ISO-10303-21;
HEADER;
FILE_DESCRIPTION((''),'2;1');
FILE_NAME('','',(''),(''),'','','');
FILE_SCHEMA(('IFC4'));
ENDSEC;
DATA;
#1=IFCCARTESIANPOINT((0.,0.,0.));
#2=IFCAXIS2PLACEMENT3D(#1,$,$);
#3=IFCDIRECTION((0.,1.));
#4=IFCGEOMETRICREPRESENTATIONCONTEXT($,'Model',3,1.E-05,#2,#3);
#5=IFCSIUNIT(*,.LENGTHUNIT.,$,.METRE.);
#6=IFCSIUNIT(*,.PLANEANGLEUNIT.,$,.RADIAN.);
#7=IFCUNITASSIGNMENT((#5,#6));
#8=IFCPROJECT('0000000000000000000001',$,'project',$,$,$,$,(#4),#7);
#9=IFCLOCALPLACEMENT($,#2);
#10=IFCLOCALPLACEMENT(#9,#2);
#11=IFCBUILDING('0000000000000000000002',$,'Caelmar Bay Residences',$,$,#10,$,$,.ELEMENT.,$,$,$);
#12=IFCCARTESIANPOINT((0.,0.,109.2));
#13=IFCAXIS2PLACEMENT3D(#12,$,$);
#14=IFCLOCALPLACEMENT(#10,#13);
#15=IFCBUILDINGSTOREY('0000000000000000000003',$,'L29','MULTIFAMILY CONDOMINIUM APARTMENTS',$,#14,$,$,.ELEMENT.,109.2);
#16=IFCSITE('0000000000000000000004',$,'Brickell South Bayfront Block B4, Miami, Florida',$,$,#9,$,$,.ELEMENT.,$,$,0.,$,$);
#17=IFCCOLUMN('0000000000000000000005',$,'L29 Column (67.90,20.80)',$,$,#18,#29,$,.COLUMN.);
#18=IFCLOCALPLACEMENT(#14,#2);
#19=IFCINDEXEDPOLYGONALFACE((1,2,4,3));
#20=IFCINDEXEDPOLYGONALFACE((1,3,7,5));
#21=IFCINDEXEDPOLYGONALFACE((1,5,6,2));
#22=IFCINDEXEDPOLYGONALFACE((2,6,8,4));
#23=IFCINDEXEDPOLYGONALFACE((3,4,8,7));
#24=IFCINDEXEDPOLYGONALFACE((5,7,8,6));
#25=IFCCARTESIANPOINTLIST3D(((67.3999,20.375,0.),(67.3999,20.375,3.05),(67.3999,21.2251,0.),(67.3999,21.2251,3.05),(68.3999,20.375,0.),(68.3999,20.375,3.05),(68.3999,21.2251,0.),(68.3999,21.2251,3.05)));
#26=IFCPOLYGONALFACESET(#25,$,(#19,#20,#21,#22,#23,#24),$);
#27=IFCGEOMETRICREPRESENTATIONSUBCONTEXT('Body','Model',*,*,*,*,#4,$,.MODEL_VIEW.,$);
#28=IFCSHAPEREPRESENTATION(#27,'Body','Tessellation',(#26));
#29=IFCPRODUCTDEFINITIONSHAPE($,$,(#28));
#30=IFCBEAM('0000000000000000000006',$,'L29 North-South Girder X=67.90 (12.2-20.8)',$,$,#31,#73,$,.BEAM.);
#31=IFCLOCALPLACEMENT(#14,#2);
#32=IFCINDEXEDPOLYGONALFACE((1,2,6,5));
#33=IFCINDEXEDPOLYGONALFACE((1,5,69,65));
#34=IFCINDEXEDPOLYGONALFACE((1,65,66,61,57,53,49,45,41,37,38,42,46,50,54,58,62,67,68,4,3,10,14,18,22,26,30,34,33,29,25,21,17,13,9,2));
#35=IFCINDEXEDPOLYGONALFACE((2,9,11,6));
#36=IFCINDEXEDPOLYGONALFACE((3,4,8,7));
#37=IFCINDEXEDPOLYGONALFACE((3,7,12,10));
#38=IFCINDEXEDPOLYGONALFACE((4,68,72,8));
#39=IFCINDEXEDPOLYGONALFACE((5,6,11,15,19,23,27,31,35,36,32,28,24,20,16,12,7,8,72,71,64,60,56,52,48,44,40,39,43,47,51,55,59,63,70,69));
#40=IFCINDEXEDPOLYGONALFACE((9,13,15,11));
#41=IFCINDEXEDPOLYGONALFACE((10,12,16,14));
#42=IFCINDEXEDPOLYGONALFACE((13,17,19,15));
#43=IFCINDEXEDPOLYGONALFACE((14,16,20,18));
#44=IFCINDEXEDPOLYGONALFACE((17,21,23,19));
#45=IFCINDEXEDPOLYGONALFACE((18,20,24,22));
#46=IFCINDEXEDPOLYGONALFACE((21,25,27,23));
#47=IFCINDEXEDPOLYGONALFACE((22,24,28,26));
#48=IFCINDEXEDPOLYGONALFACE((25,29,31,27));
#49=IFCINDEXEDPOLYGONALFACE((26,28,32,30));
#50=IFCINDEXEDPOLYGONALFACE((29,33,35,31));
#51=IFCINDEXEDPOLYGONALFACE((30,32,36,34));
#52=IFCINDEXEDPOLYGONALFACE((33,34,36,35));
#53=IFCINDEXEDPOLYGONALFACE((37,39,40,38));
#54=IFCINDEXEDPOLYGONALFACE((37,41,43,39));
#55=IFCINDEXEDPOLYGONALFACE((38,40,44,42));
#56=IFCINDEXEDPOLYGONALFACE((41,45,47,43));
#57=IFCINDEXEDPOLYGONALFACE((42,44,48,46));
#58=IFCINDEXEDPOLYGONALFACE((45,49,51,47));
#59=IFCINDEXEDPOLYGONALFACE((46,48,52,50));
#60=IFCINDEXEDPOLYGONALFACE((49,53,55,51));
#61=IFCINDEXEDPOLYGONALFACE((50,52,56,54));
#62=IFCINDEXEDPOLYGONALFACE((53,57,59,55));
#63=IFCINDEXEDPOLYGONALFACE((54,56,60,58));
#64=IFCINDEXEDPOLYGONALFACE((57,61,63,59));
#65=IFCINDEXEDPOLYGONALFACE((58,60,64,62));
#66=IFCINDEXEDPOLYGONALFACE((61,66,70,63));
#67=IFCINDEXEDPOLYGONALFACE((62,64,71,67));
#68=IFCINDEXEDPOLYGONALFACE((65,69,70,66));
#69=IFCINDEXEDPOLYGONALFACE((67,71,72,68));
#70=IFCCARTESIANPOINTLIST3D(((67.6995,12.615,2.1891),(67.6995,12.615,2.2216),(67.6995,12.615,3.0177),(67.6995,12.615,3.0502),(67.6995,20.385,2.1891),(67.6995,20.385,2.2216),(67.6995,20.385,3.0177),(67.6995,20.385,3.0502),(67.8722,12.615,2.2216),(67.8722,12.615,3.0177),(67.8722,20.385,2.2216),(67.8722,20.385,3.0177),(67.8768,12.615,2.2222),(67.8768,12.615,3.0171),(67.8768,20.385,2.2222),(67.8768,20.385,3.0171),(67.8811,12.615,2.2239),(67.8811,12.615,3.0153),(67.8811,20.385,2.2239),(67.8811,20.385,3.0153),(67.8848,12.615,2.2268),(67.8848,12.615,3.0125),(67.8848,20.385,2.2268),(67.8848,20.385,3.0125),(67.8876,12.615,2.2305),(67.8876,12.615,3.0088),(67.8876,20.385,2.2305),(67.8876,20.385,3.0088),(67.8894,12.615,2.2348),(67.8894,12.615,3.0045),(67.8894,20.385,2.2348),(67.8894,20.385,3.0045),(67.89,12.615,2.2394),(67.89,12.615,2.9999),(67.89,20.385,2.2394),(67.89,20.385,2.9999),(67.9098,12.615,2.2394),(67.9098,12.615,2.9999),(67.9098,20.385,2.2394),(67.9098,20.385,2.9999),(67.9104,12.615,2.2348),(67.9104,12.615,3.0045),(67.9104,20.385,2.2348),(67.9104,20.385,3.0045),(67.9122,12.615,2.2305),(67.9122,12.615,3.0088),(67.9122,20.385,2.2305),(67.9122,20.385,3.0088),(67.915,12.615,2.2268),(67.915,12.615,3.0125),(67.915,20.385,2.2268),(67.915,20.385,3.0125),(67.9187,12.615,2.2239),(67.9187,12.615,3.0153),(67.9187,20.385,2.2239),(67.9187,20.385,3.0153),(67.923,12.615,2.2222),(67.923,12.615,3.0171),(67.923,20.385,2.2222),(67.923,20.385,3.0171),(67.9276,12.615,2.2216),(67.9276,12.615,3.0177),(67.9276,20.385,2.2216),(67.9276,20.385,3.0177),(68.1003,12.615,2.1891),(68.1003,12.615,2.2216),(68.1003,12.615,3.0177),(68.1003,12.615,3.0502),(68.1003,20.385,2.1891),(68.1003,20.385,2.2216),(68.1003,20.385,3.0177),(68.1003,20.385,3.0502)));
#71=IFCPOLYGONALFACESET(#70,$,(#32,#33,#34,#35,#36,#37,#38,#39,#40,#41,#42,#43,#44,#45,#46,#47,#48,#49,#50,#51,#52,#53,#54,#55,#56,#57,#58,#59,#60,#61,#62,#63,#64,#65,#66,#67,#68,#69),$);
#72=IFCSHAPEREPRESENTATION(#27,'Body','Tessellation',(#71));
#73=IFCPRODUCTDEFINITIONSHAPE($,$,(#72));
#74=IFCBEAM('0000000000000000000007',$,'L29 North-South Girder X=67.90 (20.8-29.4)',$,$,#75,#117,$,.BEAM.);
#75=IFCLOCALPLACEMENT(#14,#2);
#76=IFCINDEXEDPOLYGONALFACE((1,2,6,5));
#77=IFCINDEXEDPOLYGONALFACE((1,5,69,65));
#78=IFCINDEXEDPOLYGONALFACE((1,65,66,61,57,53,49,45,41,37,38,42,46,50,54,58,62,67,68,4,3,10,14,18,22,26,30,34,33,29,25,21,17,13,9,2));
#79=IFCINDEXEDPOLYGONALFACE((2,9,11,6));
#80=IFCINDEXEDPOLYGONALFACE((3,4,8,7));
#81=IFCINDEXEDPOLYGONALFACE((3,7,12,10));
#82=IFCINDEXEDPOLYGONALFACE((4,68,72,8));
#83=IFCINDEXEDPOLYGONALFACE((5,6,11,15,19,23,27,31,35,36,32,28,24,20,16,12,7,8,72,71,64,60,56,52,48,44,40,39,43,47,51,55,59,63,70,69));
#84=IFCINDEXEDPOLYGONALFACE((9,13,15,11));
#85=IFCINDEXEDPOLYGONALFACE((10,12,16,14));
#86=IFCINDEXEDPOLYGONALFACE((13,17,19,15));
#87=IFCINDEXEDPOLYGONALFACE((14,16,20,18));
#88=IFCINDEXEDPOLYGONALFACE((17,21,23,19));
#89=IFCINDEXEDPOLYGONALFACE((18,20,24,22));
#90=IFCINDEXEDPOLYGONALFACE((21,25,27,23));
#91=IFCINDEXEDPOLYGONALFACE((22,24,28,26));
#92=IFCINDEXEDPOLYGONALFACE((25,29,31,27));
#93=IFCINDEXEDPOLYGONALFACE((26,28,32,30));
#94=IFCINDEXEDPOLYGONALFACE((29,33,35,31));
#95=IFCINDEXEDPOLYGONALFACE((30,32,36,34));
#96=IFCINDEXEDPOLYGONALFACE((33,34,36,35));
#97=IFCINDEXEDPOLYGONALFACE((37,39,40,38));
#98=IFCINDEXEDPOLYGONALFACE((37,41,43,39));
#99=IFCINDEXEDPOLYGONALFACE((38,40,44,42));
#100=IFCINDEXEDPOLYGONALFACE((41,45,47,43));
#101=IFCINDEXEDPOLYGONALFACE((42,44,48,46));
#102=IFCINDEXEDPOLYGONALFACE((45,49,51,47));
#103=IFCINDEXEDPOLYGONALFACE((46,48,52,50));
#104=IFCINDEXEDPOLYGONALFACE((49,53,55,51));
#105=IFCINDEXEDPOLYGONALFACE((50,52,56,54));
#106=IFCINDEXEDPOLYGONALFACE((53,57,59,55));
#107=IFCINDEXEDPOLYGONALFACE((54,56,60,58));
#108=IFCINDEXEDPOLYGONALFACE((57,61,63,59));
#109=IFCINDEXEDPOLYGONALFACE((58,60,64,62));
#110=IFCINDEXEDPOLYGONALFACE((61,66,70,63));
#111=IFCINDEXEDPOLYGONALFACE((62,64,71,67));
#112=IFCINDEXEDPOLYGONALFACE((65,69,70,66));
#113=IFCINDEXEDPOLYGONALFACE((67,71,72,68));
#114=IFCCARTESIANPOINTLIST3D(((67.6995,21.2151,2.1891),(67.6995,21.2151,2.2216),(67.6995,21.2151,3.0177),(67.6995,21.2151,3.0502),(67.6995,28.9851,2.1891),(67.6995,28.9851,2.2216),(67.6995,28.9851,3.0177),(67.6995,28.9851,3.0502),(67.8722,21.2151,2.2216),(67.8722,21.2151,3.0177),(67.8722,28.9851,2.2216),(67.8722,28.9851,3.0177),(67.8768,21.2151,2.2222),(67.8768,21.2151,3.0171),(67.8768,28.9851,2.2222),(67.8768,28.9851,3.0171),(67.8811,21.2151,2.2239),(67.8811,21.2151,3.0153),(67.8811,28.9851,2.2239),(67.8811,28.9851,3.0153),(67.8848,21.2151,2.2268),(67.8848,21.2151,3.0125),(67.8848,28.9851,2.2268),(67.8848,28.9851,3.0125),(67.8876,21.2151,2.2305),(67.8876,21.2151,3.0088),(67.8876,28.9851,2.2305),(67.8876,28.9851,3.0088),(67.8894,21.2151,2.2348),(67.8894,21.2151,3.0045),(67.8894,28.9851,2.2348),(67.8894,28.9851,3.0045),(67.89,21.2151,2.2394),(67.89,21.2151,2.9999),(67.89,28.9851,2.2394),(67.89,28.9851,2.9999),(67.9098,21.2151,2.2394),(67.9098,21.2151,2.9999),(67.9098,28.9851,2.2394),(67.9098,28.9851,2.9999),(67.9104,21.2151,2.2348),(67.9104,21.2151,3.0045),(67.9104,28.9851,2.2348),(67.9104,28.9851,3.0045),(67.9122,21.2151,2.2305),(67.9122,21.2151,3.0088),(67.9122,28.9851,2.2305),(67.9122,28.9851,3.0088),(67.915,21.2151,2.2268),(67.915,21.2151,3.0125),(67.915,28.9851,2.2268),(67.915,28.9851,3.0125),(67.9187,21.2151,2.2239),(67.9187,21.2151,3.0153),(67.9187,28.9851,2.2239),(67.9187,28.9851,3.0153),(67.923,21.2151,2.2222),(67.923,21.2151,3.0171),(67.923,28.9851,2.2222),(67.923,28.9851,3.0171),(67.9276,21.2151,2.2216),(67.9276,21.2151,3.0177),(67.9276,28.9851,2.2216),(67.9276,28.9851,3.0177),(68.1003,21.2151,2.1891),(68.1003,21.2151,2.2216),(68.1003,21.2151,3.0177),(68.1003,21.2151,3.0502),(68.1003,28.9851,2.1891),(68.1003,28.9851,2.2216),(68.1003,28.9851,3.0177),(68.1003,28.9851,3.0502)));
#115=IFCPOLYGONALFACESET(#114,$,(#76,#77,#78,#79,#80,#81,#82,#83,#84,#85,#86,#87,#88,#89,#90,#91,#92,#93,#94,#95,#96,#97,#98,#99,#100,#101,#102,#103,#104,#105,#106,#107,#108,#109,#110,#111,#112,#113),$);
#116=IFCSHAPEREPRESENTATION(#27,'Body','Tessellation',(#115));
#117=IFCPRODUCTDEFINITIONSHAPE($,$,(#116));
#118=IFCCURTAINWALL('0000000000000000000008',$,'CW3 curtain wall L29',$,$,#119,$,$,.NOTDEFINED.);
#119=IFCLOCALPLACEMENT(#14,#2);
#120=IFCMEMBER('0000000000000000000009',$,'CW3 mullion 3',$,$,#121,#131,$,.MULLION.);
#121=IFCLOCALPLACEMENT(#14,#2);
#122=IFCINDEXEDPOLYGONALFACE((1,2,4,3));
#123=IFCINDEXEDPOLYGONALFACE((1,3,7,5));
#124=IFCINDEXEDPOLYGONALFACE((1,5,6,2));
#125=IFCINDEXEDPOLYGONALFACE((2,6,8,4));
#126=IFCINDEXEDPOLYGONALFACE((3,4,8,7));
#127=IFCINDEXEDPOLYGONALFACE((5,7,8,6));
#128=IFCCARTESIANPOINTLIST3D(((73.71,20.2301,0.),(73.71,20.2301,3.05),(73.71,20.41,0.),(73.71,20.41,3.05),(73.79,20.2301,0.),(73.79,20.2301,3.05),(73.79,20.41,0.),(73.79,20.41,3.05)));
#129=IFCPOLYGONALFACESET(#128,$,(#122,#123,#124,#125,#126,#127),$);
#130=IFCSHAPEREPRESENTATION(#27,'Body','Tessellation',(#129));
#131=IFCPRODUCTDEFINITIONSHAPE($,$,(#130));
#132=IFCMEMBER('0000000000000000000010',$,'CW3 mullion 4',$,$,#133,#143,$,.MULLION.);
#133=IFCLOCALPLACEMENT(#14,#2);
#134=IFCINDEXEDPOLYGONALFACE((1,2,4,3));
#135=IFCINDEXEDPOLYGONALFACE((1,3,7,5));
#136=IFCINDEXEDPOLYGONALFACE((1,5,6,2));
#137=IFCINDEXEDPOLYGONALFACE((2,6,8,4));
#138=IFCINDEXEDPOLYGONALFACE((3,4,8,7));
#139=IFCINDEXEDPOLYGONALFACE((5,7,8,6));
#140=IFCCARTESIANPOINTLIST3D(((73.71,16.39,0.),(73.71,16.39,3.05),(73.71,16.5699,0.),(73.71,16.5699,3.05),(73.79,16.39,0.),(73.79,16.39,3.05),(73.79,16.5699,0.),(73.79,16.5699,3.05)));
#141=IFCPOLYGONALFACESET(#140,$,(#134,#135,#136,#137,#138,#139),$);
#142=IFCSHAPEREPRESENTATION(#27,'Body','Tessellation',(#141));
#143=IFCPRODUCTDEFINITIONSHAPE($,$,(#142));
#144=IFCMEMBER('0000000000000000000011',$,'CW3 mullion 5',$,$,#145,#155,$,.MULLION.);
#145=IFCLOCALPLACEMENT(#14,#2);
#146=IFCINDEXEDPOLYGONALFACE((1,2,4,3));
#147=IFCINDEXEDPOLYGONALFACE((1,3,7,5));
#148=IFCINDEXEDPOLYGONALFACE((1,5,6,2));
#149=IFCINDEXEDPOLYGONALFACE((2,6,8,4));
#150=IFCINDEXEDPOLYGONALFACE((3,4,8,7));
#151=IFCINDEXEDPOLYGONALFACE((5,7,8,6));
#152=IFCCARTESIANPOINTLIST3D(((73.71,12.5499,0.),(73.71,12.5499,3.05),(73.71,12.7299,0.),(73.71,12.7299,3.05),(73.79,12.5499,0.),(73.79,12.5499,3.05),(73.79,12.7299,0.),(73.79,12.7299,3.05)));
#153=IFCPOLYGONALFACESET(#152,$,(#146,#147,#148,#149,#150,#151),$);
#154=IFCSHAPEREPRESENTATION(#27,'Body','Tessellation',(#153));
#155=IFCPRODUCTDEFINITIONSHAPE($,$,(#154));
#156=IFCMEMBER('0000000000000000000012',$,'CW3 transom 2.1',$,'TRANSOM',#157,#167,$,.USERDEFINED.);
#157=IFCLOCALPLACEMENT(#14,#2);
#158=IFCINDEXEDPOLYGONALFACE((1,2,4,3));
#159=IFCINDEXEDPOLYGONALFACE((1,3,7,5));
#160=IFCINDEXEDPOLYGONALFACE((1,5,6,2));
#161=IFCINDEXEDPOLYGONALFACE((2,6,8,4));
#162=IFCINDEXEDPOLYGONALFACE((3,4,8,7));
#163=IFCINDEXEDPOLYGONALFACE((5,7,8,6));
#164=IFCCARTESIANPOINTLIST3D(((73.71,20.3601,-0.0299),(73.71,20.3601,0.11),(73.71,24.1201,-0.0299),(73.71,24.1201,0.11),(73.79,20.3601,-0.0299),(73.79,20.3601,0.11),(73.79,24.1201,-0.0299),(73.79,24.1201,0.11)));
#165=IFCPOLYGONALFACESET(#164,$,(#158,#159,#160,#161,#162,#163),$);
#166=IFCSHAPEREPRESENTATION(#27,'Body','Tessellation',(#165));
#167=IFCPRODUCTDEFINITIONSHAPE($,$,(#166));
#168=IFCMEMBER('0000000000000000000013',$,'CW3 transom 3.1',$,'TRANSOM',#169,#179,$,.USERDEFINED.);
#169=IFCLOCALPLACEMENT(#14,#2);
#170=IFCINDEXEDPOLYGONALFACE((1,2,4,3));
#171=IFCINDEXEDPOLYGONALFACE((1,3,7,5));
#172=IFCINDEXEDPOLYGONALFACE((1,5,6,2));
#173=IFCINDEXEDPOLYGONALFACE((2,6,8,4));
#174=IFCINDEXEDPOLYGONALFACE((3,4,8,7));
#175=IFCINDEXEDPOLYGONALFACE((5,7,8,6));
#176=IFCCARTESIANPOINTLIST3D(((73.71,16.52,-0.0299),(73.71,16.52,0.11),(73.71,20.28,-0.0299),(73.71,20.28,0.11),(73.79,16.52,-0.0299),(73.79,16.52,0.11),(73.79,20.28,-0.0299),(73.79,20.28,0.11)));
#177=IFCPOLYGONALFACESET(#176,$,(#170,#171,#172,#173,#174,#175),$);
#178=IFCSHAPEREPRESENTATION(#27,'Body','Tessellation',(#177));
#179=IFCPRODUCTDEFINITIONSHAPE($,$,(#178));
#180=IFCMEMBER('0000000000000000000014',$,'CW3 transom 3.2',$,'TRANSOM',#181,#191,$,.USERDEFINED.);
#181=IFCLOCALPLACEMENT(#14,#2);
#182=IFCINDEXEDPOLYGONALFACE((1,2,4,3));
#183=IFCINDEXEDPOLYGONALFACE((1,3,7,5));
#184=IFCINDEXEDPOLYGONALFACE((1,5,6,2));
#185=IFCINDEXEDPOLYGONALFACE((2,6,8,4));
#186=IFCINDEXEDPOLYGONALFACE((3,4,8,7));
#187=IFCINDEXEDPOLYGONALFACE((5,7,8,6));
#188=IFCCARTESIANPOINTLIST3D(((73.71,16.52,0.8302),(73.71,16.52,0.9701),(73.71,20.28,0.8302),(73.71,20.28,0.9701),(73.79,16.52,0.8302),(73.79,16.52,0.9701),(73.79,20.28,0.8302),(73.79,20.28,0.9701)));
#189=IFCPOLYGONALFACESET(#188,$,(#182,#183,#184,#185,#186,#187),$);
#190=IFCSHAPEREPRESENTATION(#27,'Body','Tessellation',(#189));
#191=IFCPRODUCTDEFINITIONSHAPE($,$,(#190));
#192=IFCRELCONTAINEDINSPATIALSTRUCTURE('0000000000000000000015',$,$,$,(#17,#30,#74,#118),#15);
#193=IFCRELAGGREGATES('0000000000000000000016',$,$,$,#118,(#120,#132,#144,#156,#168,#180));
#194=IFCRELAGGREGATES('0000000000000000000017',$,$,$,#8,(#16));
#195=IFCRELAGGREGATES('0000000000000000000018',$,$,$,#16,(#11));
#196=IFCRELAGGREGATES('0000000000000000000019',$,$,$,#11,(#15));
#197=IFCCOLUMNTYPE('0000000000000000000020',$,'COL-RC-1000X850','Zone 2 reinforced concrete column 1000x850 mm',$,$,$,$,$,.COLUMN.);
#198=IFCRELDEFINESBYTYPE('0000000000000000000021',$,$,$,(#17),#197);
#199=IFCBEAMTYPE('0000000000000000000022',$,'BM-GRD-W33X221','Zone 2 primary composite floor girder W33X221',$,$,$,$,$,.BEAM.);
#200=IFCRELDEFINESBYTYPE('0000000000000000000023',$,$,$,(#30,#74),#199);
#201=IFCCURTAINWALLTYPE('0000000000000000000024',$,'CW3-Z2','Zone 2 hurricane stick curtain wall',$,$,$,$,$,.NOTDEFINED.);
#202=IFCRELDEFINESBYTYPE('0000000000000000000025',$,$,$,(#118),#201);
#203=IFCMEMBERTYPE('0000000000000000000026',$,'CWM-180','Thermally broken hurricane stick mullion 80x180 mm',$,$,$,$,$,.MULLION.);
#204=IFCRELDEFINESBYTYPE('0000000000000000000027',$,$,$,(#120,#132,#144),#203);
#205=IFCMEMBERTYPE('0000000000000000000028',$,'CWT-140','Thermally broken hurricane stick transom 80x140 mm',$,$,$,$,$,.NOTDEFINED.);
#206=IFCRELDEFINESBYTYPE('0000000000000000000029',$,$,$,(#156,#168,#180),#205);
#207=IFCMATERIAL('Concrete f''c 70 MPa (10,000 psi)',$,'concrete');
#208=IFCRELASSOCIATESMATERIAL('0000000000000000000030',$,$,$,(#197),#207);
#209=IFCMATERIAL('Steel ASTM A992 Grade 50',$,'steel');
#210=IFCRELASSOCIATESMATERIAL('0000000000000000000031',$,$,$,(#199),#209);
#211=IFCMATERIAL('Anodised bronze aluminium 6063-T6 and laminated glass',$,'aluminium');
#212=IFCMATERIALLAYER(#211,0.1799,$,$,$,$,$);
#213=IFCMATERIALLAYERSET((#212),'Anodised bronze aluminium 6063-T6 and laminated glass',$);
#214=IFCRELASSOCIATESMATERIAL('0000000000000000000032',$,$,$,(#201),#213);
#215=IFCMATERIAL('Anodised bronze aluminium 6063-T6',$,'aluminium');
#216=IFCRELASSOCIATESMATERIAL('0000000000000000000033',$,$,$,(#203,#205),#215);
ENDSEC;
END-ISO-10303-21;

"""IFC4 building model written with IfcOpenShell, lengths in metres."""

from ifc_helpers import new_model, si_unit, direction, frame, origin, origin_2d, place, context, subcontext, project, spatial, rectangle, i_section, extrude, material, layer, layer_set, material_profile, profile_set, type_object, element, aggregate, save


model = new_model("IFC4")

# Units and contexts
model_context = context("Model", 3, precision=1e-05, world=origin(), true_north=direction((0.0, 1.0)))
body_context = subcontext(model_context, "Body", "Model", "MODEL_VIEW")
ifc_project = project(units=[si_unit("LENGTHUNIT", "METRE"), si_unit("PLANEANGLEUNIT", "RADIAN")], contexts=[model_context])

# Site, building, storey
site_placement = place(None, origin())
site = spatial("IfcSite", under=ifc_project, at=site_placement, Name="Brickell South Bayfront Block B4, Miami, Florida", CompositionType="ELEMENT", RefElevation=0.0)
building_placement = place(site_placement, origin())
building = spatial("IfcBuilding", under=site, at=building_placement, Name="Caelmar Bay Residences", CompositionType="ELEMENT")
storey_placement = place(building_placement, frame((0.0, 0.0, 109.2)))
storey = spatial("IfcBuildingStorey", under=building, at=storey_placement, Name="L29", Description="MULTIFAMILY CONDOMINIUM APARTMENTS", CompositionType="ELEMENT", Elevation=109.2)

# Column
ifc_material_1 = material(Name="Concrete f'c 70 MPa (10,000 psi)", Category="concrete")
ifc_material_profile_1 = material_profile(ifc_material_1, rectangle(XDim=1.0, YDim=0.8501, at=origin_2d()), Name="RC-COL-1000X850")
ifc_profile_set_1 = profile_set([ifc_material_profile_1], Name="Concrete f'c 70 MPa (10,000 psi)")
column_type = type_object("IfcColumnType", Name="COL-RC-1000X850", Description="Zone 2 reinforced concrete column 1000x850 mm", PredefinedType="COLUMN", material=ifc_profile_set_1)
column_placement = place(storey_placement, frame((67.8999, 20.8, 0.0), z_axis=(0.0, 0.0, 1.0), x_axis=(1.0, 0.0, 0.0)))
element("IfcColumn", 1, at=column_placement, inside=storey, type_object=column_type, Name="L29 Column (67.90,20.80)", PredefinedType="COLUMN", context=body_context, shape_type="SweptSolid", body=[
    extrude(rectangle(XDim=1.0, YDim=0.8501, at=origin_2d()), origin(), (0.0, 0.0, 1.0), 3.05),
])

# Beams
ifc_material_2 = material(Name="Steel ASTM A992 Grade 50", Category="steel")
ifc_material_profile_2 = material_profile(ifc_material_2, i_section(OverallWidth=0.4009, OverallDepth=0.8611, WebThickness=0.0198, FlangeThickness=0.0325, FilletRadius=0.0178, at=origin_2d()), Name="W33X221")
ifc_profile_set_2 = profile_set([ifc_material_profile_2], Name="Steel ASTM A992 Grade 50")
beam_type = type_object("IfcBeamType", Name="BM-GRD-W33X221", Description="Zone 2 primary composite floor girder W33X221", PredefinedType="BEAM", material=ifc_profile_set_2)
for number, where, z_axis, x_axis, name in (
    (2, (67.8999, 12.615, 2.6196), (0.0, 1.0, 0.0), (-1.0, 0.0, 0.0), "L29 North-South Girder X=67.90 (12.2-20.8)"),
    (3, (67.8999, 21.2151, 2.6196), (0.0, 1.0, 0.0), (-1.0, 0.0, 0.0), "L29 North-South Girder X=67.90 (20.8-29.4)"),
):
    element("IfcBeam", number, at=place(storey_placement, frame(where, z_axis=z_axis, x_axis=x_axis)), inside=storey, type_object=beam_type, Name=name, PredefinedType="BEAM", context=body_context, shape_type="SweptSolid", body=[
        extrude(i_section(OverallWidth=0.4009, OverallDepth=0.8611, WebThickness=0.0198, FlangeThickness=0.0325, FilletRadius=0.0178, at=origin_2d()), origin(), (0.0, 0.0, 1.0), 7.77),
    ])

# Curtain wall, members
ifc_material_3 = material(Name="Anodised bronze aluminium 6063-T6 and laminated glass", Category="aluminium")
ifc_layer_1 = layer(ifc_material_3, 0.1799)
ifc_layer_set_1 = layer_set([ifc_layer_1], Name="Anodised bronze aluminium 6063-T6 and laminated glass")
curtain_wall_type = type_object("IfcCurtainWallType", Name="CW3-Z2", Description="Zone 2 hurricane stick curtain wall", PredefinedType="NOTDEFINED", material=ifc_layer_set_1)
curtain_wall_placement = place(storey_placement, origin())
curtain_wall = element("IfcCurtainWall", 4, at=curtain_wall_placement, inside=storey, type_object=curtain_wall_type, Name="CW3 curtain wall L29", PredefinedType="NOTDEFINED")
ifc_material_4 = material(Name="Anodised bronze aluminium 6063-T6", Category="aluminium")
ifc_material_profile_3 = material_profile(ifc_material_4, rectangle(XDim=0.0801, YDim=0.1799, at=origin_2d()), Name="CWM-80X180")
ifc_profile_set_3 = profile_set([ifc_material_profile_3], Name="Anodised bronze aluminium 6063-T6")
member_type_1 = type_object("IfcMemberType", Name="CWM-180", Description="Thermally broken hurricane stick mullion 80x180 mm", PredefinedType="MULLION", material=ifc_profile_set_3)
member_1_placement = place(storey_placement, frame((73.75, 20.3201, 0.0), z_axis=(0.0, 0.0, 1.0), x_axis=(1.0, 0.0, 0.0)))
member_1 = element("IfcMember", 5, at=member_1_placement, type_object=member_type_1, Name="CW3 mullion 3", PredefinedType="MULLION", context=body_context, shape_type="SweptSolid", body=[
    extrude(rectangle(XDim=0.0801, YDim=0.1799, at=origin_2d()), origin(), (0.0, 0.0, 1.0), 3.05),
])
member_2_placement = place(storey_placement, frame((73.75, 16.48, 0.0), z_axis=(0.0, 0.0, 1.0), x_axis=(1.0, 0.0, 0.0)))
member_2 = element("IfcMember", 6, at=member_2_placement, type_object=member_type_1, Name="CW3 mullion 4", PredefinedType="MULLION", context=body_context, shape_type="SweptSolid", body=[
    extrude(rectangle(XDim=0.0801, YDim=0.1799, at=origin_2d()), origin(), (0.0, 0.0, 1.0), 3.05),
])
member_3_placement = place(storey_placement, frame((73.75, 12.6399, 0.0), z_axis=(0.0, 0.0, 1.0), x_axis=(1.0, 0.0, 0.0)))
member_3 = element("IfcMember", 7, at=member_3_placement, type_object=member_type_1, Name="CW3 mullion 5", PredefinedType="MULLION", context=body_context, shape_type="SweptSolid", body=[
    extrude(rectangle(XDim=0.0801, YDim=0.1799, at=origin_2d()), origin(), (0.0, 0.0, 1.0), 3.05),
])
ifc_material_profile_4 = material_profile(ifc_material_4, rectangle(XDim=0.0801, YDim=0.1399, at=origin_2d()), Name="CWT-80X140")
ifc_profile_set_4 = profile_set([ifc_material_profile_4], Name="Anodised bronze aluminium 6063-T6")
member_type_2 = type_object("IfcMemberType", Name="CWT-140", Description="Thermally broken hurricane stick transom 80x140 mm", PredefinedType="NOTDEFINED", material=ifc_profile_set_4)
member_4_placement = place(storey_placement, frame((73.75, 24.1201, 0.04), z_axis=(0.0, -1.0, 0.0), x_axis=(1.0, 0.0, 0.0)))
member_4 = element("IfcMember", 8, at=member_4_placement, type_object=member_type_2, Name="CW3 transom 2.1", ObjectType="TRANSOM", PredefinedType="USERDEFINED", context=body_context, shape_type="SweptSolid", body=[
    extrude(rectangle(XDim=0.0801, YDim=0.1399, at=origin_2d()), origin(), (0.0, 0.0, 1.0), 3.76),
])
member_5_placement = place(storey_placement, frame((73.75, 20.28, 0.04), z_axis=(0.0, -1.0, 0.0), x_axis=(1.0, 0.0, 0.0)))
member_5 = element("IfcMember", 9, at=member_5_placement, type_object=member_type_2, Name="CW3 transom 3.1", ObjectType="TRANSOM", PredefinedType="USERDEFINED", context=body_context, shape_type="SweptSolid", body=[
    extrude(rectangle(XDim=0.0801, YDim=0.1399, at=origin_2d()), origin(), (0.0, 0.0, 1.0), 3.76),
])
member_6_placement = place(storey_placement, frame((73.75, 20.28, 0.9001), z_axis=(0.0, -1.0, 0.0), x_axis=(1.0, 0.0, 0.0)))
member_6 = element("IfcMember", 10, at=member_6_placement, type_object=member_type_2, Name="CW3 transom 3.2", ObjectType="TRANSOM", PredefinedType="USERDEFINED", context=body_context, shape_type="SweptSolid", body=[
    extrude(rectangle(XDim=0.0801, YDim=0.1399, at=origin_2d()), origin(), (0.0, 0.0, 1.0), 3.76),
])
aggregate(curtain_wall, [member_1, member_2, member_3, member_4, member_5, member_6])

save(model, "model.ifc")
